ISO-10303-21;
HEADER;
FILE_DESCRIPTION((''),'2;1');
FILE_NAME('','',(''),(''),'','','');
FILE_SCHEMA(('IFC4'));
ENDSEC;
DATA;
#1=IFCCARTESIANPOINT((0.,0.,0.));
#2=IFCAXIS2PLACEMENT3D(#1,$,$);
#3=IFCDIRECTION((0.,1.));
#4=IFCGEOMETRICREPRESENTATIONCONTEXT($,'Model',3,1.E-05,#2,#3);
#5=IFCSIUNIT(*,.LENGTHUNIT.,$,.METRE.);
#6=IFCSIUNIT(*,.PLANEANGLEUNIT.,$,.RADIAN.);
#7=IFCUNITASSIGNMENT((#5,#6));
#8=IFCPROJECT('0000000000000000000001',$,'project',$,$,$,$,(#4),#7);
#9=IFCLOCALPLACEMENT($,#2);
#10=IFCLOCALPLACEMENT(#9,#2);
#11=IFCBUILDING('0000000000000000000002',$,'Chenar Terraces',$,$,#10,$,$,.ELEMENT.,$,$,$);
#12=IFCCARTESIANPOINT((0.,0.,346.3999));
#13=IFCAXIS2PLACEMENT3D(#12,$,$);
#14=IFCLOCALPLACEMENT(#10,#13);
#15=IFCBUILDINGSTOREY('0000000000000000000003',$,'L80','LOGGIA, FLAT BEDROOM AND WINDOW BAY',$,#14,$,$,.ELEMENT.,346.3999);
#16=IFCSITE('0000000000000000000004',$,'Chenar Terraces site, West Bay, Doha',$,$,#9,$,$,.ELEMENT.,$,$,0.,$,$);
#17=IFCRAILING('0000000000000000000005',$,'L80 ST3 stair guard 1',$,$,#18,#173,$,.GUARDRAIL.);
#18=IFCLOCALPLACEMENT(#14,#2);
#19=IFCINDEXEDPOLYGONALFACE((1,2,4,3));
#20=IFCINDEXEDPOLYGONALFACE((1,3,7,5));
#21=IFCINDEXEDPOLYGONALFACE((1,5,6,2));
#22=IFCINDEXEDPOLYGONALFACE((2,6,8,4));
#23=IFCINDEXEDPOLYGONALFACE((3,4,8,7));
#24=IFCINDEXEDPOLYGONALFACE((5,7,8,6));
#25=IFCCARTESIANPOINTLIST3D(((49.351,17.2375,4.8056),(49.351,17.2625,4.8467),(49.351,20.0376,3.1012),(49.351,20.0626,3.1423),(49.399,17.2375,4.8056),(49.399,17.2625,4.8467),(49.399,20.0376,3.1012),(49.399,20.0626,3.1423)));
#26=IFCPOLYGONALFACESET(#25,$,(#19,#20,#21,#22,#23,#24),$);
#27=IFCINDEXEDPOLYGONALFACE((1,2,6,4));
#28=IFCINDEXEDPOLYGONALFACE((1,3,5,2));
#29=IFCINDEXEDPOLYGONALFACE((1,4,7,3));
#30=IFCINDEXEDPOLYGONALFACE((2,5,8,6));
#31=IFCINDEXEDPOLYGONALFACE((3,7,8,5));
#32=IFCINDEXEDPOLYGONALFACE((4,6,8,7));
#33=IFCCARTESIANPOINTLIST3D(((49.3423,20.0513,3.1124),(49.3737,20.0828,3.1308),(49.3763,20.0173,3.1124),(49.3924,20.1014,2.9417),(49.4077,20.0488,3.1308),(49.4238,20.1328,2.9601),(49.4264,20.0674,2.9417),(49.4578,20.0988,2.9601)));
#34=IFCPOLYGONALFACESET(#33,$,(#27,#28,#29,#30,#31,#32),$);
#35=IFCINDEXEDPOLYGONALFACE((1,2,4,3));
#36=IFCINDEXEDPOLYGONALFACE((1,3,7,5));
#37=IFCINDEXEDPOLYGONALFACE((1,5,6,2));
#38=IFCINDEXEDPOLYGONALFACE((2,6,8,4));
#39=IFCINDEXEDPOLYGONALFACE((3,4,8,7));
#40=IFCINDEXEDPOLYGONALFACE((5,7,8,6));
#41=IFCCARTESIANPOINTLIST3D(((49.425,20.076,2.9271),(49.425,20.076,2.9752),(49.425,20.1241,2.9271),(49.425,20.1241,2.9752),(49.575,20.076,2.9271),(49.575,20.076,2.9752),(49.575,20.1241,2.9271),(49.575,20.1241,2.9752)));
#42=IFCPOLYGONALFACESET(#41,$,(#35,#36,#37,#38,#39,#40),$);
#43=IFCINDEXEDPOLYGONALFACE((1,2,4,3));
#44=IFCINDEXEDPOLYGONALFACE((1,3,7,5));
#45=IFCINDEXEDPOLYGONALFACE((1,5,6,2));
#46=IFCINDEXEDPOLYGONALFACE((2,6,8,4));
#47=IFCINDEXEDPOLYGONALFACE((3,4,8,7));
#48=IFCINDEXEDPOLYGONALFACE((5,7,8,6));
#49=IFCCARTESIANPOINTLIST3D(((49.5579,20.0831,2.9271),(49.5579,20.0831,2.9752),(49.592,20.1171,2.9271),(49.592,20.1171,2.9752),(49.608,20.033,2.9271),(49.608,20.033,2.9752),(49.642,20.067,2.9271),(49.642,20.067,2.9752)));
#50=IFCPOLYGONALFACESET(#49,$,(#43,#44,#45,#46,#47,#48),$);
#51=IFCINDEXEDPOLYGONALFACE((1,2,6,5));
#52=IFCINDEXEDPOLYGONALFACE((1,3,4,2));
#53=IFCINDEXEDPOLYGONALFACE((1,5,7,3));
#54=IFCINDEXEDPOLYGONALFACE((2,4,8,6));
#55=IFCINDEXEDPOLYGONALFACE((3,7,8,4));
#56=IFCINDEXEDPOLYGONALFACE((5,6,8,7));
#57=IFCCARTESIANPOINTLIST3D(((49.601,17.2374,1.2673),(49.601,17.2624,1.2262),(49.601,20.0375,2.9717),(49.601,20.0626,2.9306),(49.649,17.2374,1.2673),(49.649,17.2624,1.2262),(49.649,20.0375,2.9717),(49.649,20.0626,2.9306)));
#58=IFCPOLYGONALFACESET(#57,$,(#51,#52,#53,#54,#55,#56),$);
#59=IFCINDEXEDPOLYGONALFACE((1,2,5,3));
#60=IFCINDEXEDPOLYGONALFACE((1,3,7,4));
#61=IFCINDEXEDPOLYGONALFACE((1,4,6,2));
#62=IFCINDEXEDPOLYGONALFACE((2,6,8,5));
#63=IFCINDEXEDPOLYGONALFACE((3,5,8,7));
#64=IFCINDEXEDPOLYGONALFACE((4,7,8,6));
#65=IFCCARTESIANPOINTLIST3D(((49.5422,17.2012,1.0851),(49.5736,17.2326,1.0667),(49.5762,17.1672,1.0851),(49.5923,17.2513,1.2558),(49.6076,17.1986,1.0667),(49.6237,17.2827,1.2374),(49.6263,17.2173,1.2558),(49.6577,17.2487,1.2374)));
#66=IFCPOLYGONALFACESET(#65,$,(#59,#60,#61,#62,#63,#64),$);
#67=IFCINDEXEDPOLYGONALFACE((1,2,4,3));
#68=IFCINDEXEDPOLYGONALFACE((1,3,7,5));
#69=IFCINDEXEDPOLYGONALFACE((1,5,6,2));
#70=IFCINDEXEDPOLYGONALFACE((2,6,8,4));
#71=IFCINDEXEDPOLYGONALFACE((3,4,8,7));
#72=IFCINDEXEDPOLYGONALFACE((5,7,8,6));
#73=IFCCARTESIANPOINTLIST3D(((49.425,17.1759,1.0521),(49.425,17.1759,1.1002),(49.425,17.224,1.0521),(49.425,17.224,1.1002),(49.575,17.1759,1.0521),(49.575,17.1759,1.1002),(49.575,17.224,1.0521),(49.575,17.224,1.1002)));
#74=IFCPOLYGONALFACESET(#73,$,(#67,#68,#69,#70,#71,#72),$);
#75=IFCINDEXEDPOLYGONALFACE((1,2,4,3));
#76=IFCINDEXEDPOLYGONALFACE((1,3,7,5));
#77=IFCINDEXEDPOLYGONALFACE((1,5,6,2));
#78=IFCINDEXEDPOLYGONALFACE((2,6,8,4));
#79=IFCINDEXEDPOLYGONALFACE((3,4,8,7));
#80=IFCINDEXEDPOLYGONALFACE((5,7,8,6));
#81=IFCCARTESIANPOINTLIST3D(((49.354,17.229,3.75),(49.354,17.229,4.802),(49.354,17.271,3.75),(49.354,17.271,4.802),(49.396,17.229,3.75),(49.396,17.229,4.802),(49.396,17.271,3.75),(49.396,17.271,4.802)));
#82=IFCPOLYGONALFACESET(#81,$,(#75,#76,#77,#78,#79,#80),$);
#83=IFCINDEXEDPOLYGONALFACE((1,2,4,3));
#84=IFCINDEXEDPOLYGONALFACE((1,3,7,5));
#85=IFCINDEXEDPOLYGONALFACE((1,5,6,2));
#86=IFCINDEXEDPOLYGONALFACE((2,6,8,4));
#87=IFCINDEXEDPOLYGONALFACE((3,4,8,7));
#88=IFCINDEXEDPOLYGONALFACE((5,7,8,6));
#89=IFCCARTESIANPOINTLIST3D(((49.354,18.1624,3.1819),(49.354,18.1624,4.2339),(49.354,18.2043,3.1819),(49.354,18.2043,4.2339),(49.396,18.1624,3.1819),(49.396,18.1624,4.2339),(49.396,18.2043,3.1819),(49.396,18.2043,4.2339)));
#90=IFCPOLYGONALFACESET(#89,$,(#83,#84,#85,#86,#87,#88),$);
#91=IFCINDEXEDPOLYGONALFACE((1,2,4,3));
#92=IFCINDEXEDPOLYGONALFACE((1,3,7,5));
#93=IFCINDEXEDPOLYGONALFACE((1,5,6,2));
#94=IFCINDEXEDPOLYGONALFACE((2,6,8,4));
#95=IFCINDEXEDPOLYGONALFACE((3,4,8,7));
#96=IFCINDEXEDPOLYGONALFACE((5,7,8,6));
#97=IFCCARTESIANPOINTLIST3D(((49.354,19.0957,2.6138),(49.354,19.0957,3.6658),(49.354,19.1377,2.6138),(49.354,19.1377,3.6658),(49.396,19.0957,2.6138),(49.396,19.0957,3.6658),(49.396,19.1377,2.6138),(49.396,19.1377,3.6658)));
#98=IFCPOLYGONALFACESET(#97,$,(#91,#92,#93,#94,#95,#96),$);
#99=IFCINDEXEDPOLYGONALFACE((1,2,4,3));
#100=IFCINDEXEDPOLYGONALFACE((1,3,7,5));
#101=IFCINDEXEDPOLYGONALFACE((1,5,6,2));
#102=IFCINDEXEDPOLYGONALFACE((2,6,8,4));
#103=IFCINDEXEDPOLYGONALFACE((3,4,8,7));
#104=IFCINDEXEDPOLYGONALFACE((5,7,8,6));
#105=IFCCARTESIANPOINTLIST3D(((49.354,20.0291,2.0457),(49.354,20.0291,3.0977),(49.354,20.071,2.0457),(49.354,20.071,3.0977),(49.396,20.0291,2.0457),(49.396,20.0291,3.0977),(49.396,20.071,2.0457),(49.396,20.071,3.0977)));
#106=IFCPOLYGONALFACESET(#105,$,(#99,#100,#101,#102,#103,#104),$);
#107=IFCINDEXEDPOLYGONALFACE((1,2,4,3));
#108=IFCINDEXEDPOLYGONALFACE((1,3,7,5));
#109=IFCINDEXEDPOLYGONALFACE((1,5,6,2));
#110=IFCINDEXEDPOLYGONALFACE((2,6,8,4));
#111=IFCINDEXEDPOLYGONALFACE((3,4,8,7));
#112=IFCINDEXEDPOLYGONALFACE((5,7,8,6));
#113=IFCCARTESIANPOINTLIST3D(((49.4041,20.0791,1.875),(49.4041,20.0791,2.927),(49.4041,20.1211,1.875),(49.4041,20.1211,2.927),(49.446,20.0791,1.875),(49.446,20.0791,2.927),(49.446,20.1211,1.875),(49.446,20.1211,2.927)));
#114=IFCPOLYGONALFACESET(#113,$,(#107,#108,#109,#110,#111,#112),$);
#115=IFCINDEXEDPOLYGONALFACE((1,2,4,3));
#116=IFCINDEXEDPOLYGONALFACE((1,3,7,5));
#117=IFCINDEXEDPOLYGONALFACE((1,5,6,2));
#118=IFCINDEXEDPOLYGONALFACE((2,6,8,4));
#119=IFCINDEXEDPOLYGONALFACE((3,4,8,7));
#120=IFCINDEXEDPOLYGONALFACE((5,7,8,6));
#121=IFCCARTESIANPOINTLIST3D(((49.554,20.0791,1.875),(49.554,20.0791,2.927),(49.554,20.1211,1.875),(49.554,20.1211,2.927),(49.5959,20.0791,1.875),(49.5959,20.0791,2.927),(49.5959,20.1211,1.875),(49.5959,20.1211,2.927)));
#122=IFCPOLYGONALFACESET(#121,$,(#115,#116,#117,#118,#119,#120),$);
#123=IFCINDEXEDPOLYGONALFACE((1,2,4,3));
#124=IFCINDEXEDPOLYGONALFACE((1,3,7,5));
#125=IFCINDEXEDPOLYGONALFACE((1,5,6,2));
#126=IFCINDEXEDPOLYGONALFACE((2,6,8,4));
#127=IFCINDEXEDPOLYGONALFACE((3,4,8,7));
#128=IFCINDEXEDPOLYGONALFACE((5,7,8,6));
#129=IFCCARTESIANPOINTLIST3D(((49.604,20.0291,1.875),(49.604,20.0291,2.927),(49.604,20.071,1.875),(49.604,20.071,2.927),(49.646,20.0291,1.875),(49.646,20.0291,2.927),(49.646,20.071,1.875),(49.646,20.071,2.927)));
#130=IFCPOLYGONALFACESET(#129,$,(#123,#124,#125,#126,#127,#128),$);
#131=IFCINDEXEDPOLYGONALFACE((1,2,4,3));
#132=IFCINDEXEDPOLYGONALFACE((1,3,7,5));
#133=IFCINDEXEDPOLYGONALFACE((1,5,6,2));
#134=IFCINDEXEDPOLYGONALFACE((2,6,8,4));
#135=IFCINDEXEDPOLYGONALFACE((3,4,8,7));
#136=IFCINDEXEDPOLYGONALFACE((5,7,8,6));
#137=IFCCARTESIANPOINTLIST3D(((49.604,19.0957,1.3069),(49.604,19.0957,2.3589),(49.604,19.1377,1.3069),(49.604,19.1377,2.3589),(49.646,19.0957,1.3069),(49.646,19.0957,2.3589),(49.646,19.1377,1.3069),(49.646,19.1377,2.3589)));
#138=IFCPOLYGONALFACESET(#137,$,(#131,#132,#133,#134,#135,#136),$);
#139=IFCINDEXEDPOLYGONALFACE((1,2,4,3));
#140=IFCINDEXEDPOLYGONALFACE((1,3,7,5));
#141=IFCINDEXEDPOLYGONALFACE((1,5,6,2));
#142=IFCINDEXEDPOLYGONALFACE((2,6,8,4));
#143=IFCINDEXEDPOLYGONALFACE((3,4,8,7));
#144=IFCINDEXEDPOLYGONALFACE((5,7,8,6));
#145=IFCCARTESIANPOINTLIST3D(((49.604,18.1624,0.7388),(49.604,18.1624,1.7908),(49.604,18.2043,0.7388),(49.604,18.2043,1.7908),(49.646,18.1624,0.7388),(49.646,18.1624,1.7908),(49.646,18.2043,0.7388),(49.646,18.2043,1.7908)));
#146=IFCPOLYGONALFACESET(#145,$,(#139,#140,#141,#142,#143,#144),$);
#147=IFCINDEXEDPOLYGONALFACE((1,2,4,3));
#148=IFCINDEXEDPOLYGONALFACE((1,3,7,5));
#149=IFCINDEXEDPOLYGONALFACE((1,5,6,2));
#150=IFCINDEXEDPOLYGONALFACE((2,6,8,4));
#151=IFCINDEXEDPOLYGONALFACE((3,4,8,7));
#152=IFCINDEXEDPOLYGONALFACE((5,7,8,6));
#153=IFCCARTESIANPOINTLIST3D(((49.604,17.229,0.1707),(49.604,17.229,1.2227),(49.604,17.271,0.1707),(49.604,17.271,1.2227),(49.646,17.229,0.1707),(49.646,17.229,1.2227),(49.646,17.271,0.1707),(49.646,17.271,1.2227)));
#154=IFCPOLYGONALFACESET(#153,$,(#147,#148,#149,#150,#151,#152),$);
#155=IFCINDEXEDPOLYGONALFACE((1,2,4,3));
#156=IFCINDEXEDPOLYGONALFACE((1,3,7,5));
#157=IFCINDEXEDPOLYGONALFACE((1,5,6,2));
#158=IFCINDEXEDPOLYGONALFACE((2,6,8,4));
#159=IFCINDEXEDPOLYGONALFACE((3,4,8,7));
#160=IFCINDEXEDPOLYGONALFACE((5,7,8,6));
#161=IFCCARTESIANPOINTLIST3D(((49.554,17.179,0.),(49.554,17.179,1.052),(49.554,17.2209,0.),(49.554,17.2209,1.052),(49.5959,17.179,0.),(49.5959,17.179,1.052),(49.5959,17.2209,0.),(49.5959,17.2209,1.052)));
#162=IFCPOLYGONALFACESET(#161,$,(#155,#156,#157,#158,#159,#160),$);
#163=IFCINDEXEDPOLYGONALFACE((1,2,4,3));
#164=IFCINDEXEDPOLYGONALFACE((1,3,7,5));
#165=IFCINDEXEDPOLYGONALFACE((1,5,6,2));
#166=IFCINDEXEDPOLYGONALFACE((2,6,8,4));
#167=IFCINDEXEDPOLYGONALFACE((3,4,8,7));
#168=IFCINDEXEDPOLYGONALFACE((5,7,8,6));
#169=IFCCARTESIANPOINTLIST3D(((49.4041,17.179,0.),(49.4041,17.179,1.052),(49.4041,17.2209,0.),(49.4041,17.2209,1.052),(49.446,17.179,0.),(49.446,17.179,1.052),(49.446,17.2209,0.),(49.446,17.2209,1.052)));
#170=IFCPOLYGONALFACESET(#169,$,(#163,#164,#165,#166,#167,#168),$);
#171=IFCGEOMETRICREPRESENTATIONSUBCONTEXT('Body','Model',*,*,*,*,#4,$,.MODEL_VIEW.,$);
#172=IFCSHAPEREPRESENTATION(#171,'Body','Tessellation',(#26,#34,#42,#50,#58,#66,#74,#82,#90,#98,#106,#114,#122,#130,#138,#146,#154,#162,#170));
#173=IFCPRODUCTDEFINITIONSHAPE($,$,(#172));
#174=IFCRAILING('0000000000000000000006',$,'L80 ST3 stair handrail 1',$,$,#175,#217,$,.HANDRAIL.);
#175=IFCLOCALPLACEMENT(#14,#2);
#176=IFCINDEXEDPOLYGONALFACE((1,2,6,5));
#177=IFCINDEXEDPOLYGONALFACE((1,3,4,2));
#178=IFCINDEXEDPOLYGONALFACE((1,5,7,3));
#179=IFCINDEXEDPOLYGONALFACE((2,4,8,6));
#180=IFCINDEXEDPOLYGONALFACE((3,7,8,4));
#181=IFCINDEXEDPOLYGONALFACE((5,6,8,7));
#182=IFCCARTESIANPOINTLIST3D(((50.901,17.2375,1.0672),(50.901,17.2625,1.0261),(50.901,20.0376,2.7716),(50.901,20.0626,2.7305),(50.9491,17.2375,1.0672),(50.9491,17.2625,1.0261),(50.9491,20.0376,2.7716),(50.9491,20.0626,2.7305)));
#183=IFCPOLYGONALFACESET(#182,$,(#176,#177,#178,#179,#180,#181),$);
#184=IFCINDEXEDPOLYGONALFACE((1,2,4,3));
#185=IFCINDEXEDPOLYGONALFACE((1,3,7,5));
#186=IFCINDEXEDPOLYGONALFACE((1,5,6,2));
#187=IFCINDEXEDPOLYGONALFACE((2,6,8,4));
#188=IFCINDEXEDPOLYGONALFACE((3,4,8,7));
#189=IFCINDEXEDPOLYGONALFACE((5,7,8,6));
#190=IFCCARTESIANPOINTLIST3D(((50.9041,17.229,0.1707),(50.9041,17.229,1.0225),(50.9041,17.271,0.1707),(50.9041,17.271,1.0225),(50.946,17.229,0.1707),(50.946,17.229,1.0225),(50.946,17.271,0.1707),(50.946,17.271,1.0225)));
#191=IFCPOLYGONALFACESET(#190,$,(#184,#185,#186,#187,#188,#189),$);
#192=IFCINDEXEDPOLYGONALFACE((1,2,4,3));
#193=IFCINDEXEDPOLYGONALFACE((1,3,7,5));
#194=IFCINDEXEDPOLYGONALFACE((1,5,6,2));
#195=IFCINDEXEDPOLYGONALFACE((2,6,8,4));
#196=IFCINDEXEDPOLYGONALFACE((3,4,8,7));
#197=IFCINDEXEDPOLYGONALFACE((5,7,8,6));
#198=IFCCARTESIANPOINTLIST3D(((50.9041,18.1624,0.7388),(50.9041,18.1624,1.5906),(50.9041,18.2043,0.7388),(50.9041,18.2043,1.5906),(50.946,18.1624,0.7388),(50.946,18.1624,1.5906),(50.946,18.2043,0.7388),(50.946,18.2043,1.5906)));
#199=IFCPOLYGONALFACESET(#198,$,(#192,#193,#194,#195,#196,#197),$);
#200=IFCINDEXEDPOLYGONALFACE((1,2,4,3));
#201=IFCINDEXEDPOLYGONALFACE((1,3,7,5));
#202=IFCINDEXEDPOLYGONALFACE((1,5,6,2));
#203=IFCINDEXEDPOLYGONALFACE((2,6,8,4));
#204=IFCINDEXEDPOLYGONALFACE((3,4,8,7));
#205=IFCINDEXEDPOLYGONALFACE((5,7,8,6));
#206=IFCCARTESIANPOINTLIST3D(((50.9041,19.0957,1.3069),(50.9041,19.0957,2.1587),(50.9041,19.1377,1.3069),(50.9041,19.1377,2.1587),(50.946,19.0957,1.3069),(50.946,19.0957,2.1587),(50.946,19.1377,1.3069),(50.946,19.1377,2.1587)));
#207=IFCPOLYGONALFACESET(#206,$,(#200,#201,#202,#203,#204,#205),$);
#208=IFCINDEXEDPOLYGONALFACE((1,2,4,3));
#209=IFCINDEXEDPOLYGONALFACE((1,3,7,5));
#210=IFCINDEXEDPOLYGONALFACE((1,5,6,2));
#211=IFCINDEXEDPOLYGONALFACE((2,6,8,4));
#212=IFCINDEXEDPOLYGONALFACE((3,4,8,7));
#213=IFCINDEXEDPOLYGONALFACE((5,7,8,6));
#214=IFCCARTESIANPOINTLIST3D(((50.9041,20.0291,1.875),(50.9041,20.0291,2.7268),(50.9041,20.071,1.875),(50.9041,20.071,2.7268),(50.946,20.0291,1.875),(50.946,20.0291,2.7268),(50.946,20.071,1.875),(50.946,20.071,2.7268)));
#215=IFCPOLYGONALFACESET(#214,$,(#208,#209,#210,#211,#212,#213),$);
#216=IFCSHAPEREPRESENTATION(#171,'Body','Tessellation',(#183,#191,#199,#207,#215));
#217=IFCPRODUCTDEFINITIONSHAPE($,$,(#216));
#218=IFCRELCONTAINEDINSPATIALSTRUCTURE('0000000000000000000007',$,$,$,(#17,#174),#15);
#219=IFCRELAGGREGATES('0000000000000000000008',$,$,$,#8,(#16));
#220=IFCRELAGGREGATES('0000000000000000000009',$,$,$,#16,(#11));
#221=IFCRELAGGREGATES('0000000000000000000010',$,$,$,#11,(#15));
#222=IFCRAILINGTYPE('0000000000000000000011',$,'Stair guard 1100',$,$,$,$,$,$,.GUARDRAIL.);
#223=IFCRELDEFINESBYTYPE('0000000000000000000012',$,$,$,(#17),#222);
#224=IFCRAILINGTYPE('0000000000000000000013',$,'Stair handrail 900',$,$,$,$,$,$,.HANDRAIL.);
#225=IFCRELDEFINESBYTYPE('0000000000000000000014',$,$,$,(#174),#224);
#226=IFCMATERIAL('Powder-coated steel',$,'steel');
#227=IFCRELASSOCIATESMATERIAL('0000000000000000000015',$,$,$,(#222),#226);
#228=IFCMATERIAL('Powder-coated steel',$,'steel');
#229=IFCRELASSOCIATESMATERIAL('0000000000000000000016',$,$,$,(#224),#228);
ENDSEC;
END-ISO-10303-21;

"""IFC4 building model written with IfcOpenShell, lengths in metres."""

from ifc_helpers import new_model, si_unit, direction, frame, origin, origin_2d, place, context, subcontext, project, spatial, rectangle, extrude, material, type_object, element, save


model = new_model("IFC4")

# Units and contexts
model_context = context("Model", 3, precision=1e-05, world=origin(), true_north=direction((0.0, 1.0)))
body_context = subcontext(model_context, "Body", "Model", "MODEL_VIEW")
ifc_project = project(units=[si_unit("LENGTHUNIT", "METRE"), si_unit("PLANEANGLEUNIT", "RADIAN")], contexts=[model_context])

# Site, building, storey
site_placement = place(None, origin())
site = spatial("IfcSite", under=ifc_project, at=site_placement, Name="Chenar Terraces site, West Bay, Doha", CompositionType="ELEMENT", RefElevation=0.0)
building_placement = place(site_placement, origin())
building = spatial("IfcBuilding", under=site, at=building_placement, Name="Chenar Terraces", CompositionType="ELEMENT")
storey_placement = place(building_placement, frame((0.0, 0.0, 346.3999)))
storey = spatial("IfcBuildingStorey", under=building, at=storey_placement, Name="L80", Description="LOGGIA, FLAT BEDROOM AND WINDOW BAY", CompositionType="ELEMENT", Elevation=346.3999)

# Railings
ifc_material_1 = material(Name="Powder-coated steel", Category="steel")
railing_type_1 = type_object("IfcRailingType", Name="Stair guard 1100", PredefinedType="GUARDRAIL", material=ifc_material_1)
railing_1_placement = place(storey_placement, frame((49.375, 17.25, 3.75)))
element("IfcRailing", 1, at=railing_1_placement, inside=storey, type_object=railing_type_1, Name="L80 ST3 stair guard 1", PredefinedType="GUARDRAIL", context=body_context, shape_type="SweptSolid", body=[
    extrude(rectangle(XDim=0.0481, YDim=0.0481, at=origin_2d()), frame((0.0, 0.0, 1.0762), z_axis=(0.0, 0.854203, -0.51994), x_axis=(-1.0, 0.0, 0.0)), (0.0, 0.0, 1.0), 3.2781),
    extrude(rectangle(XDim=0.0481, YDim=0.0481, at=origin_2d()), frame((0.0, 2.8, -0.6284), z_axis=(0.2709, 0.2709, -0.923703), x_axis=(-0.707107, 0.707107, 0.0)), (0.0, 0.0, 1.0), 0.1848),
    extrude(rectangle(XDim=0.0481, YDim=0.0481, at=origin_2d()), frame((0.05, 2.8501, -0.7988), z_axis=(1.0, 0.0, 0.0), x_axis=(0.0, 1.0, 0.0)), (0.0, 0.0, 1.0), 0.1499),
    extrude(rectangle(XDim=0.0481, YDim=0.0481, at=origin_2d()), frame((0.2, 2.8501, -0.7988), z_axis=(0.707107, -0.707107, 0.0), x_axis=(0.707107, 0.707107, 0.0)), (0.0, 0.0, 1.0), 0.0708),
    extrude(rectangle(XDim=0.0481, YDim=0.0481, at=origin_2d()), frame((0.25, 2.8, -0.7988), z_axis=(0.0, -0.854203, -0.51994), x_axis=(1.0, 0.0, 0.0)), (0.0, 0.0, 1.0), 3.2781),
    extrude(rectangle(XDim=0.0481, YDim=0.0481, at=origin_2d()), frame((0.25, 0.0, -2.5034), z_axis=(-0.2709, -0.2709, -0.923703), x_axis=(0.707107, -0.707107, 0.0)), (0.0, 0.0, 1.0), 0.1848),
    extrude(rectangle(XDim=0.0481, YDim=0.0481, at=origin_2d()), frame((0.2, -0.05, -2.6738), z_axis=(-1.0, 0.0, 0.0), x_axis=(0.0, -1.0, 0.0)), (0.0, 0.0, 1.0), 0.1499),
    extrude(rectangle(XDim=0.042, YDim=0.042, at=origin_2d()), origin(), (0.0, 0.0, 1.0), 1.052),
    extrude(rectangle(XDim=0.042, YDim=0.042, at=origin_2d()), frame((0.0, 0.9333, -0.5681)), (0.0, 0.0, 1.0), 1.052),
    extrude(rectangle(XDim=0.042, YDim=0.042, at=origin_2d()), frame((0.0, 1.8667, -1.1362)), (0.0, 0.0, 1.0), 1.052),
    extrude(rectangle(XDim=0.042, YDim=0.042, at=origin_2d()), frame((0.0, 2.8, -1.7043)), (0.0, 0.0, 1.0), 1.052),
    extrude(rectangle(XDim=0.042, YDim=0.042, at=origin_2d()), frame((0.05, 2.8501, -1.875)), (0.0, 0.0, 1.0), 1.052),
    extrude(rectangle(XDim=0.042, YDim=0.042, at=origin_2d()), frame((0.2, 2.8501, -1.875)), (0.0, 0.0, 1.0), 1.052),
    extrude(rectangle(XDim=0.042, YDim=0.042, at=origin_2d()), frame((0.25, 2.8, -1.875)), (0.0, 0.0, 1.0), 1.052),
    extrude(rectangle(XDim=0.042, YDim=0.042, at=origin_2d()), frame((0.25, 1.8667, -2.4431)), (0.0, 0.0, 1.0), 1.052),
    extrude(rectangle(XDim=0.042, YDim=0.042, at=origin_2d()), frame((0.25, 0.9333, -3.0112)), (0.0, 0.0, 1.0), 1.052),
    extrude(rectangle(XDim=0.042, YDim=0.042, at=origin_2d()), frame((0.25, 0.0, -3.5793)), (0.0, 0.0, 1.0), 1.052),
    extrude(rectangle(XDim=0.042, YDim=0.042, at=origin_2d()), frame((0.2, -0.05, -3.75)), (0.0, 0.0, 1.0), 1.052),
    extrude(rectangle(XDim=0.042, YDim=0.042, at=origin_2d()), frame((0.05, -0.05, -3.75)), (0.0, 0.0, 1.0), 1.052),
])
ifc_material_2 = material(Name="Powder-coated steel", Category="steel")
railing_type_2 = type_object("IfcRailingType", Name="Stair handrail 900", PredefinedType="HANDRAIL", material=ifc_material_2)
railing_2_placement = place(storey_placement, frame((50.925, 17.25, 0.1707)))
element("IfcRailing", 2, at=railing_2_placement, inside=storey, type_object=railing_type_2, Name="L80 ST3 stair handrail 1", PredefinedType="HANDRAIL", context=body_context, shape_type="SweptSolid", body=[
    extrude(rectangle(XDim=0.0481, YDim=0.0481, at=origin_2d()), frame((0.0, 0.0, 0.876), z_axis=(0.0, 0.854203, 0.51994), x_axis=(-1.0, 0.0, 0.0)), (0.0, 0.0, 1.0), 3.2781),
    extrude(rectangle(XDim=0.042, YDim=0.042, at=origin_2d()), origin(), (0.0, 0.0, 1.0), 0.8518),
    extrude(rectangle(XDim=0.042, YDim=0.042, at=origin_2d()), frame((0.0, 0.9333, 0.5681)), (0.0, 0.0, 1.0), 0.8518),
    extrude(rectangle(XDim=0.042, YDim=0.042, at=origin_2d()), frame((0.0, 1.8667, 1.1362)), (0.0, 0.0, 1.0), 0.8518),
    extrude(rectangle(XDim=0.042, YDim=0.042, at=origin_2d()), frame((0.0, 2.8, 1.7043)), (0.0, 0.0, 1.0), 0.8518),
])

save(model, "model.ifc")
